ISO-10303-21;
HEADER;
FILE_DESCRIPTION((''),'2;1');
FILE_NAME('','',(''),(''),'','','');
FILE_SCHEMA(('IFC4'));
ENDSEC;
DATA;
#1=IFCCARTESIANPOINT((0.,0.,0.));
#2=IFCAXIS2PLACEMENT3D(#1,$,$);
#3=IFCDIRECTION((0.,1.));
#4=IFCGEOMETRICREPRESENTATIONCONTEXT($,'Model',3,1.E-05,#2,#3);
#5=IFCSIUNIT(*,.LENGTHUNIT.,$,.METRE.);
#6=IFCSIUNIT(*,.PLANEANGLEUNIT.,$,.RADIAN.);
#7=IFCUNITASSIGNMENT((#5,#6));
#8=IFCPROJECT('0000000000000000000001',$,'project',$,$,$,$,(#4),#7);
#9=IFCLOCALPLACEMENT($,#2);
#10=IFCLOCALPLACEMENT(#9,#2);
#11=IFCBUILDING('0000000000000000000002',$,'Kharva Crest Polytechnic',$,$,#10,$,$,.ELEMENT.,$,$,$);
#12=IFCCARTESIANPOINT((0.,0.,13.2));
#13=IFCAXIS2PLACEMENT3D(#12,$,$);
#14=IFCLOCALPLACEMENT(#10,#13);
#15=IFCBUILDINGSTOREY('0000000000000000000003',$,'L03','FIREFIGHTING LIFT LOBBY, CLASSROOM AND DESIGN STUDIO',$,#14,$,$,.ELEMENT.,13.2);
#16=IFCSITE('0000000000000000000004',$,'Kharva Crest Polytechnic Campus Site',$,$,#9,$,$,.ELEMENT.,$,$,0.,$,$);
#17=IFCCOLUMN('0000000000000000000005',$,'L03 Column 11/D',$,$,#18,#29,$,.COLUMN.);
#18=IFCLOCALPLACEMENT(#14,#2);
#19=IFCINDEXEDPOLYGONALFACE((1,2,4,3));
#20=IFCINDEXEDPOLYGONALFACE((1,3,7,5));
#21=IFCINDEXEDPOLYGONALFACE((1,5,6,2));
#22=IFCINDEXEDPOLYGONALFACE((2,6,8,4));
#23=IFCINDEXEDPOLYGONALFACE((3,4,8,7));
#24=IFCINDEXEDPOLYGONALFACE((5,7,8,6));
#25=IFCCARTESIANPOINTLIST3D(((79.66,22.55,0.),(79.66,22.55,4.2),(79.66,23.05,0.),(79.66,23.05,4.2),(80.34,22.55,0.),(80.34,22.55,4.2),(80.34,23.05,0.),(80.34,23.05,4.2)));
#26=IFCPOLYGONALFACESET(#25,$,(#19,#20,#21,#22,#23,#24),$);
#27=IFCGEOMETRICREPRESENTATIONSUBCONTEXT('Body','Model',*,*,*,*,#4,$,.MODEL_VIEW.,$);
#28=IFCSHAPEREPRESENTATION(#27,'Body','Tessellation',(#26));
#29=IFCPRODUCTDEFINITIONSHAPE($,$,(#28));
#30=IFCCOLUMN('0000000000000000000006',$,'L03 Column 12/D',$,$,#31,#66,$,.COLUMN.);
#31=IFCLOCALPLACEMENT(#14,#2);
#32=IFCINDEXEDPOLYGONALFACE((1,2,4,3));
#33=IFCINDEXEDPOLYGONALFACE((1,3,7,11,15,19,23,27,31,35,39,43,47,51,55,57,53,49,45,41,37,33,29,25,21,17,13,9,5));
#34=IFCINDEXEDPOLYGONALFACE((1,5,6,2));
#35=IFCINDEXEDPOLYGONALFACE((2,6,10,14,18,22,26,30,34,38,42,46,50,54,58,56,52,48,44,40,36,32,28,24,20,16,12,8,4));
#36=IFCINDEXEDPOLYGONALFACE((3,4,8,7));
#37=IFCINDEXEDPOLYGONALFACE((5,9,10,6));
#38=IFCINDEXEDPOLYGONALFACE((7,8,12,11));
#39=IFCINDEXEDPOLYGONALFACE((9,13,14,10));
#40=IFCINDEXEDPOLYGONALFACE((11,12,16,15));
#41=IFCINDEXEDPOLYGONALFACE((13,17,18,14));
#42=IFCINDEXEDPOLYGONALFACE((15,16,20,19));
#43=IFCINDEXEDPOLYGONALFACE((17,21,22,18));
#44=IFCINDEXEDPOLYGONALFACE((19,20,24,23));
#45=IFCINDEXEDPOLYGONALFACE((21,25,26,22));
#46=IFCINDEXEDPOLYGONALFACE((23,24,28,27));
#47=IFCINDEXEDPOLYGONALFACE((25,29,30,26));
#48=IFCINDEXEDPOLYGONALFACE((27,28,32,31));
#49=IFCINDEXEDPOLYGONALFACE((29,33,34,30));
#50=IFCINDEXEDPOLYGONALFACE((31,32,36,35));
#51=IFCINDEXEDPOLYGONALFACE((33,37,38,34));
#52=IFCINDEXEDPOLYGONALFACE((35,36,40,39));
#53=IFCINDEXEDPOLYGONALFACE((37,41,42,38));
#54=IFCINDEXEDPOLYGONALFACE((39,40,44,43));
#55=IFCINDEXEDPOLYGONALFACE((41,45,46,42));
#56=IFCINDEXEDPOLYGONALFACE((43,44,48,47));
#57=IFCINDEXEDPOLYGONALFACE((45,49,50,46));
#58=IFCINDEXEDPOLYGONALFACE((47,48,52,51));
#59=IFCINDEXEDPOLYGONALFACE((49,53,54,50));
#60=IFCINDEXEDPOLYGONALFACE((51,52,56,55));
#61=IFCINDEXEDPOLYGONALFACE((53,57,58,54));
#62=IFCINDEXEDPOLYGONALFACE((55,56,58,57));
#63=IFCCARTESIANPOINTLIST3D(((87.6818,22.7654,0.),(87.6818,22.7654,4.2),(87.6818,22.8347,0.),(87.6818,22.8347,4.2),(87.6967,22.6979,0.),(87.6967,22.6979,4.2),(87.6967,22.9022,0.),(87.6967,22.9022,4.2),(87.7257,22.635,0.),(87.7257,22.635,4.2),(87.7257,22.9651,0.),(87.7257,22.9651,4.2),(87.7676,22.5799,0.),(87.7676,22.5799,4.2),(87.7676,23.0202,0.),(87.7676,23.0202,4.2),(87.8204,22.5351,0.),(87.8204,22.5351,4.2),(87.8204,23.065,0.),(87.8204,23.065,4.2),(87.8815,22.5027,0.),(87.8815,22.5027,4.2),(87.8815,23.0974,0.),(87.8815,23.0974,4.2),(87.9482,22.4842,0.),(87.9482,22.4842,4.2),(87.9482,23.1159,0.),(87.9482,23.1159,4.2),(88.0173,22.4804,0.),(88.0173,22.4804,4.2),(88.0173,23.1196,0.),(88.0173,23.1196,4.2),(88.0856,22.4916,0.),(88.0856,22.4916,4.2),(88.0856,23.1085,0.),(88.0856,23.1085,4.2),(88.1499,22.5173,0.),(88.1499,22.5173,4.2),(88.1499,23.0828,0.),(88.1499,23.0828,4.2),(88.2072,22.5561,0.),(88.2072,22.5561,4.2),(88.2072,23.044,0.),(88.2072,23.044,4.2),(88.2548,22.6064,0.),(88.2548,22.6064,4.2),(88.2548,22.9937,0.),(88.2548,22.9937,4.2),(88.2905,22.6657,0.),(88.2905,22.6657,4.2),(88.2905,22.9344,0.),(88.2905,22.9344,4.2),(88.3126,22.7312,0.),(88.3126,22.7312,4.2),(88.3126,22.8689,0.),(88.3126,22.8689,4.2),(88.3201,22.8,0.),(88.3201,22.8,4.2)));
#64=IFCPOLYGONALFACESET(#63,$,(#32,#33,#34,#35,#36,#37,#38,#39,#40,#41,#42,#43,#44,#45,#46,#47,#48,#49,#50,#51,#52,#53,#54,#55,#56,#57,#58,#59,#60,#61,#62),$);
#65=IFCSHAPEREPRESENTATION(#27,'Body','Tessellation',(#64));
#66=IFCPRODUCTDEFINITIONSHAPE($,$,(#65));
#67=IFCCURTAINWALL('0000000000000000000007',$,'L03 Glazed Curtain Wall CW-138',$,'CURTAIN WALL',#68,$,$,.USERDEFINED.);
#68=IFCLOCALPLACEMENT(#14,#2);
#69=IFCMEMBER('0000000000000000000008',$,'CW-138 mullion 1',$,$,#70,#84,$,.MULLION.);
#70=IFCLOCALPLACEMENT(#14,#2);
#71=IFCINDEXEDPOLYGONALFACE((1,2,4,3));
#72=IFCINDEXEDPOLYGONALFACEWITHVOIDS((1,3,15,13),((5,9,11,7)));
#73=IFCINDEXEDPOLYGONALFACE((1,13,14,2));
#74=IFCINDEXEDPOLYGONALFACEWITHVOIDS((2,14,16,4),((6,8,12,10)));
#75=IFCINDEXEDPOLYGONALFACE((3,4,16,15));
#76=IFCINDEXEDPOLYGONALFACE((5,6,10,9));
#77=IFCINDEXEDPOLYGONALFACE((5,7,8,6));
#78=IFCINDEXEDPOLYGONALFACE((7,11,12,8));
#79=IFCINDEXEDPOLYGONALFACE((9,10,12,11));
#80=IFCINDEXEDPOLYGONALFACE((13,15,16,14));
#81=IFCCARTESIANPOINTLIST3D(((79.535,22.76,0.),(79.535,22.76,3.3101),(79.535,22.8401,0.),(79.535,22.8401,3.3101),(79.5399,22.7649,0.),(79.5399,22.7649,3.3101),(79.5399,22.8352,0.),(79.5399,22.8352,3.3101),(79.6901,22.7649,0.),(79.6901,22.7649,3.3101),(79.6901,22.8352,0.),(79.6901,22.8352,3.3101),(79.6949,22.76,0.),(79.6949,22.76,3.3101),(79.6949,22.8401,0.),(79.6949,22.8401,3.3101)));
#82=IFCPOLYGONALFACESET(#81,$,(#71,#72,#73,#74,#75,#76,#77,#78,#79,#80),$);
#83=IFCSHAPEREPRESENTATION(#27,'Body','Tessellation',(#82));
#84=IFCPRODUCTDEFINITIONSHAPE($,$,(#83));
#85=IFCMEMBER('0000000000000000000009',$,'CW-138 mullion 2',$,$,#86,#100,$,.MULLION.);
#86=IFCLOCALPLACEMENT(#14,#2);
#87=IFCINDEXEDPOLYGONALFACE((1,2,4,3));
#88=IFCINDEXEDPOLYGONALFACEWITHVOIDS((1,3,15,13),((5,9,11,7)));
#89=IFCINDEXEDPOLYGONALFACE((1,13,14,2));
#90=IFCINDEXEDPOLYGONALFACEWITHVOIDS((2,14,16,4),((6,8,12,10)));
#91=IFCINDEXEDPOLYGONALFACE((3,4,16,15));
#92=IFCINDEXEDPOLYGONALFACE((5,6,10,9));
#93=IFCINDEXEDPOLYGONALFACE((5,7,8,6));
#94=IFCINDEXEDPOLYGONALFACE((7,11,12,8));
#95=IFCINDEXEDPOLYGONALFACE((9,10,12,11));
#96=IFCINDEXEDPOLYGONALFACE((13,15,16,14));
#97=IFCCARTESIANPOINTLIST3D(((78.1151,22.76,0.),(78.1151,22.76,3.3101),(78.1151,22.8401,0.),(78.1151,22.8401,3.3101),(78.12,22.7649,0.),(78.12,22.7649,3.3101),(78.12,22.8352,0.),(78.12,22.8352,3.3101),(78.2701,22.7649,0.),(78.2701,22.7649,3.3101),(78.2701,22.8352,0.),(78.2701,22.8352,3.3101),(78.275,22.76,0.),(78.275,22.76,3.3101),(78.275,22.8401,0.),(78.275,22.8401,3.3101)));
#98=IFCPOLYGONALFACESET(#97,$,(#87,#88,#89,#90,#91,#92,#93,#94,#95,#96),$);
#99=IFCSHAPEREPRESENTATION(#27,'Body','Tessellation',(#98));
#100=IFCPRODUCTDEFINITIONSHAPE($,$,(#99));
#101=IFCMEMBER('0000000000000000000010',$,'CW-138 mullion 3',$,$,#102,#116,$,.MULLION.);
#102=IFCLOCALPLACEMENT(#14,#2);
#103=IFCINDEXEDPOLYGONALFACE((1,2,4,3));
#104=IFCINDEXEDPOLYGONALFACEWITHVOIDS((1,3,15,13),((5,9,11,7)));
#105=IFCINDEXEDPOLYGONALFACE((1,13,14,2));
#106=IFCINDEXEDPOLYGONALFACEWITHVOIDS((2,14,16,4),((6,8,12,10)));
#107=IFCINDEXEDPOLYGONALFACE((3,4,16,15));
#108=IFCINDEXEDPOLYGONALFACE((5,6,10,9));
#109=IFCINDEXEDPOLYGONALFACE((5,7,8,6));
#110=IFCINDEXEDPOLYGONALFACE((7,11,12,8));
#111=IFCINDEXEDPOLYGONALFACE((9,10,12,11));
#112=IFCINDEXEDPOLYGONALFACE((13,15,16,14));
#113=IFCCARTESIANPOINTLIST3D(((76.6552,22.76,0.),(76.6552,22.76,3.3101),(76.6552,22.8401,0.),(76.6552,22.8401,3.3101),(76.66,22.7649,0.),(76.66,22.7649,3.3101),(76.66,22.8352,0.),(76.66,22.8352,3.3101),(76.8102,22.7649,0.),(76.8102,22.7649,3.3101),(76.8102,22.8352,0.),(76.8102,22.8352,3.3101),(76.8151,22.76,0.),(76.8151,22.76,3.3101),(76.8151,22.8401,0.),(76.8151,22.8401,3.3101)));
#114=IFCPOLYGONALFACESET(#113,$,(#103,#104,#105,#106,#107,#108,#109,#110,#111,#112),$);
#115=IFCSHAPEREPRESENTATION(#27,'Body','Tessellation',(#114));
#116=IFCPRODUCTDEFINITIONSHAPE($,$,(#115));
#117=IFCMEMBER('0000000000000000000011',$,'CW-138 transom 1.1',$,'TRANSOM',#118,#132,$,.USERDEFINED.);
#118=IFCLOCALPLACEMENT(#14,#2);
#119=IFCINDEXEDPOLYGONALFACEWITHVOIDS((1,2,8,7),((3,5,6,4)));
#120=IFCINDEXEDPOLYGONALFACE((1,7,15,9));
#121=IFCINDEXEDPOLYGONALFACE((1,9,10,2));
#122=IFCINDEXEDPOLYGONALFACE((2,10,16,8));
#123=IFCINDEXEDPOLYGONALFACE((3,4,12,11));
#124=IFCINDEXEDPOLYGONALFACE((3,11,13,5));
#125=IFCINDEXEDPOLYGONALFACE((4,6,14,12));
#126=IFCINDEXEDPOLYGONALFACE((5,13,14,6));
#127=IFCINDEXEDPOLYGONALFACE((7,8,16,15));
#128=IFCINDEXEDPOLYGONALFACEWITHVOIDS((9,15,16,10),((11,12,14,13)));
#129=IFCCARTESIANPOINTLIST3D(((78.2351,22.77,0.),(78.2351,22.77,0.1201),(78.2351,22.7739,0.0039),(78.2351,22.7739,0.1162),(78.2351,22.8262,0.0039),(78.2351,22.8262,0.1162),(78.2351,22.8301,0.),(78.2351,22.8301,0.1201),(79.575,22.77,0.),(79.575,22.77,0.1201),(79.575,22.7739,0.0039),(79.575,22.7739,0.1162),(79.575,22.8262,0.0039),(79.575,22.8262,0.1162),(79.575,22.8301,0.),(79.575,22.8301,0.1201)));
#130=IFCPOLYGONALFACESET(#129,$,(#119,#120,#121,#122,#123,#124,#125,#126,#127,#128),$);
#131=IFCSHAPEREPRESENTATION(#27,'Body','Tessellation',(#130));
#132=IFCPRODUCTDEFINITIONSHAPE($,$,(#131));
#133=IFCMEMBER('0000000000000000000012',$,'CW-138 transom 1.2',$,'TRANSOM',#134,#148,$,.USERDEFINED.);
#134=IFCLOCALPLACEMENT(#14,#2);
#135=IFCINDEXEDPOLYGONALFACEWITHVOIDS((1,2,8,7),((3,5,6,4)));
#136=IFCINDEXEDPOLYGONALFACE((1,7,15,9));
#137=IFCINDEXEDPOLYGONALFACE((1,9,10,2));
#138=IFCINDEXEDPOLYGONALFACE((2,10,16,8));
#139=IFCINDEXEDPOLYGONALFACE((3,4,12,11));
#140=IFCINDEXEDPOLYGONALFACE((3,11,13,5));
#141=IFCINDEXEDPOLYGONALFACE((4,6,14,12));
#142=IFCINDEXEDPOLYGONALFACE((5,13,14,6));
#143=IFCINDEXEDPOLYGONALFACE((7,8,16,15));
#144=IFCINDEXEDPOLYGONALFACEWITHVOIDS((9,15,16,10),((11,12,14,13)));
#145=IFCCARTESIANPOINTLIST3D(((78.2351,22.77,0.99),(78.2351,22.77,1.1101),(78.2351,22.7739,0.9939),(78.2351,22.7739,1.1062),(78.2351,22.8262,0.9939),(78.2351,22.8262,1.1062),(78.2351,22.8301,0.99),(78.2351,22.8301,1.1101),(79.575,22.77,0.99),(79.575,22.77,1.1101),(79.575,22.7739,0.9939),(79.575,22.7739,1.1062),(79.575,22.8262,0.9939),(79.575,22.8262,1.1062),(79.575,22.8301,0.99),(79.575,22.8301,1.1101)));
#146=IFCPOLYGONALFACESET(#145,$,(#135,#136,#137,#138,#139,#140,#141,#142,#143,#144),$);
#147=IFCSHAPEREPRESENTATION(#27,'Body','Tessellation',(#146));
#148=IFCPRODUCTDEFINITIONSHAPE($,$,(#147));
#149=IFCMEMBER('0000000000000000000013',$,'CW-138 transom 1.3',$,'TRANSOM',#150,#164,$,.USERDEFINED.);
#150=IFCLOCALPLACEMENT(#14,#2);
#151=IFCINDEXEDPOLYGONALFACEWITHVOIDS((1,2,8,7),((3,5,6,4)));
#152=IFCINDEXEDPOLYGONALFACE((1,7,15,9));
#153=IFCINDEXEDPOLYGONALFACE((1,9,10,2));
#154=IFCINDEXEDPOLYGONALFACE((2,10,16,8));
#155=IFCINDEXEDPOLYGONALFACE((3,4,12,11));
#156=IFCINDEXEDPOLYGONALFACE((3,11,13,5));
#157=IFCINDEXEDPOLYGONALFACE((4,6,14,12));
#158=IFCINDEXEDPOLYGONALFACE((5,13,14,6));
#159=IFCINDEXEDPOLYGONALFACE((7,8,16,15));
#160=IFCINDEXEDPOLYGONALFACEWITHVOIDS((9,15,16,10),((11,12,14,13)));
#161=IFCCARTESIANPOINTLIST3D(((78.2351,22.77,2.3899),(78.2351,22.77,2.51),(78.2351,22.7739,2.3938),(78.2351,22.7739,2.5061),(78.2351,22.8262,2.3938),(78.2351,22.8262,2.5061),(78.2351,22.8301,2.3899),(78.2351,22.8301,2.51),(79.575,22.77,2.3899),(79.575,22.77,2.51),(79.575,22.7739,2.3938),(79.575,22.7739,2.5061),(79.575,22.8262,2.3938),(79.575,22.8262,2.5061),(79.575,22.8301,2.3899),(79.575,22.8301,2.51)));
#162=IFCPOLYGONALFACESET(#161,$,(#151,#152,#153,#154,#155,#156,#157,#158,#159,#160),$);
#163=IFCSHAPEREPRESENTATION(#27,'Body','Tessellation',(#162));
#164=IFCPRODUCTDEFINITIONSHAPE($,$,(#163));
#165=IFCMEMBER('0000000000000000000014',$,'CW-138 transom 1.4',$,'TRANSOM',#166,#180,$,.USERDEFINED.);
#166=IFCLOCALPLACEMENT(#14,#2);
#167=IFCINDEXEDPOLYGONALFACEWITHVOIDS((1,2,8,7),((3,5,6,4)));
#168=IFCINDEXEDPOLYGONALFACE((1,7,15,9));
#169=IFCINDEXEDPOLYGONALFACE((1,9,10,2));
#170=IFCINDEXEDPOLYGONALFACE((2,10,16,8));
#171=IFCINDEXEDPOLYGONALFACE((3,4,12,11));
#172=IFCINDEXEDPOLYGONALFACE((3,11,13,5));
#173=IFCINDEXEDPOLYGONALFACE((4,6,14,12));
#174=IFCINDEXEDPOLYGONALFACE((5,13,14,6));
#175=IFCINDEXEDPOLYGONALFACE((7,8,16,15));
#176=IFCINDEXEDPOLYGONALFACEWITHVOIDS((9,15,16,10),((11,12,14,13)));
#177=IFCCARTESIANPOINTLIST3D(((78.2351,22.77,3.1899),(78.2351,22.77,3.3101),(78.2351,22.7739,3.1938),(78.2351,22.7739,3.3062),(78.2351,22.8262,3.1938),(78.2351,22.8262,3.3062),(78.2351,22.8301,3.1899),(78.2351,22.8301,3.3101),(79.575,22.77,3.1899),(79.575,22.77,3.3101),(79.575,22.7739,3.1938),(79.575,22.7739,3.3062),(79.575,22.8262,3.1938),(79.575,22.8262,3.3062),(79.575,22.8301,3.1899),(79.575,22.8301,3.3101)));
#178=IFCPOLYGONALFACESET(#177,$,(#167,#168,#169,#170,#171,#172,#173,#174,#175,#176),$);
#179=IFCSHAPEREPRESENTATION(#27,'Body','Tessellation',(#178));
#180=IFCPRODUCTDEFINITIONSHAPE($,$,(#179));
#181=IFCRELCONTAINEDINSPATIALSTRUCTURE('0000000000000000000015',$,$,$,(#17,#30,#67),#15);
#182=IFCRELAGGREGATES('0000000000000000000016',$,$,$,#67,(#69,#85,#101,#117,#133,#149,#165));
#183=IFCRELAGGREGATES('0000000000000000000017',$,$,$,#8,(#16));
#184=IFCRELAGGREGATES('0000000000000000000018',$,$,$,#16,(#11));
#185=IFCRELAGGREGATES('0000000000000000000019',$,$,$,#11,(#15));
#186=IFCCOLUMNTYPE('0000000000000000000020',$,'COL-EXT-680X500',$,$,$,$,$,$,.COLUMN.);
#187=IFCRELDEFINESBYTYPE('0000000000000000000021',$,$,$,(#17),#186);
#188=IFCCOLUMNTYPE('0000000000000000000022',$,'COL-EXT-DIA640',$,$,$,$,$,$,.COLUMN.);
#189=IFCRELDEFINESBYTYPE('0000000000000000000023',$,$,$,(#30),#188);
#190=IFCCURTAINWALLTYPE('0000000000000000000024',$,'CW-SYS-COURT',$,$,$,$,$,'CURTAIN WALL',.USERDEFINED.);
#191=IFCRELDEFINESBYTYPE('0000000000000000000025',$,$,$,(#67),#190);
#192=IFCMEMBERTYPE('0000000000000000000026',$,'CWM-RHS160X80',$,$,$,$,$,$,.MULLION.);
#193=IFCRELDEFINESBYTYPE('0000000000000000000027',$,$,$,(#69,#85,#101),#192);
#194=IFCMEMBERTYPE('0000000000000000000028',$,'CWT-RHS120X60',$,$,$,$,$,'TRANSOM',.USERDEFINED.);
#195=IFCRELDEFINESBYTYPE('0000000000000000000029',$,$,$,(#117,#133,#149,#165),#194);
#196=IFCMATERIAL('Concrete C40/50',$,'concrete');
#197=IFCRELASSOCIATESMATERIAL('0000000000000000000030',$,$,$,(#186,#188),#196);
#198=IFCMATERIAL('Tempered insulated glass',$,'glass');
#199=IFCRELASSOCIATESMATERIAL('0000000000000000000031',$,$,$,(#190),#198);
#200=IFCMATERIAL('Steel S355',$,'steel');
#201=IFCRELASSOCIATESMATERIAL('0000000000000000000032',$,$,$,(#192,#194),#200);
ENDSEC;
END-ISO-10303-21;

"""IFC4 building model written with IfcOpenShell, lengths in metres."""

from ifc_helpers import new_model, si_unit, direction, frame, origin, origin_2d, place, context, subcontext, project, spatial, rectangle, hollow_rectangle, circle, extrude, material, material_profile, profile_set, type_object, element, aggregate, save


model = new_model("IFC4")

# Units and contexts
model_context = context("Model", 3, precision=1e-05, world=origin(), true_north=direction((0.0, 1.0)))
body_context = subcontext(model_context, "Body", "Model", "MODEL_VIEW")
ifc_project = project(units=[si_unit("LENGTHUNIT", "METRE"), si_unit("PLANEANGLEUNIT", "RADIAN")], contexts=[model_context])

# Site, building, storey
site_placement = place(None, origin())
site = spatial("IfcSite", under=ifc_project, at=site_placement, Name="Kharva Crest Polytechnic Campus Site", CompositionType="ELEMENT", RefElevation=0.0)
building_placement = place(site_placement, origin())
building = spatial("IfcBuilding", under=site, at=building_placement, Name="Kharva Crest Polytechnic", CompositionType="ELEMENT")
storey_placement = place(building_placement, frame((0.0, 0.0, 13.2)))
storey = spatial("IfcBuildingStorey", under=building, at=storey_placement, Name="L03", Description="FIREFIGHTING LIFT LOBBY, CLASSROOM AND DESIGN STUDIO", CompositionType="ELEMENT", Elevation=13.2)

# Columns
ifc_material_1 = material(Name="Concrete C40/50", Category="concrete")
ifc_material_profile_1 = material_profile(ifc_material_1, rectangle(XDim=0.6799, YDim=0.5, at=origin_2d()), Name="RECT 680 X 500")
ifc_profile_set_1 = profile_set([ifc_material_profile_1], Name="Concrete C40/50")
column_type_1 = type_object("IfcColumnType", Name="COL-EXT-680X500", PredefinedType="COLUMN", material=ifc_profile_set_1)
column_1_placement = place(storey_placement, frame((80.0, 22.8, 0.0), z_axis=(0.0, 0.0, 1.0), x_axis=(1.0, 0.0, 0.0)))
element("IfcColumn", 1, at=column_1_placement, inside=storey, type_object=column_type_1, Name="L03 Column 11/D", PredefinedType="COLUMN", context=body_context, shape_type="SweptSolid", body=[
    extrude(rectangle(XDim=0.6799, YDim=0.5, at=origin_2d()), origin(), (0.0, 0.0, 1.0), 4.2),
])
ifc_material_profile_2 = material_profile(ifc_material_1, circle(Radius=0.3201, at=origin_2d()), Name="DIA 640")
ifc_profile_set_2 = profile_set([ifc_material_profile_2], Name="Concrete C40/50")
column_type_2 = type_object("IfcColumnType", Name="COL-EXT-DIA640", PredefinedType="COLUMN", material=ifc_profile_set_2)
column_2_placement = place(storey_placement, frame((88.0, 22.8, 0.0), z_axis=(0.0, 0.0, 1.0), x_axis=(1.0, 0.0, 0.0)))
element("IfcColumn", 2, at=column_2_placement, inside=storey, type_object=column_type_2, Name="L03 Column 12/D", PredefinedType="COLUMN", context=body_context, shape_type="SweptSolid", body=[
    extrude(circle(Radius=0.3201, at=origin_2d()), origin(), (0.0, 0.0, 1.0), 4.2),
])

# Curtain wall, members
ifc_material_2 = material(Name="Tempered insulated glass", Category="glass")
curtain_wall_type = type_object("IfcCurtainWallType", Name="CW-SYS-COURT", ElementType="CURTAIN WALL", PredefinedType="USERDEFINED", material=ifc_material_2)
curtain_wall_placement = place(storey_placement, origin())
curtain_wall = element("IfcCurtainWall", 3, at=curtain_wall_placement, inside=storey, type_object=curtain_wall_type, Name="L03 Glazed Curtain Wall CW-138", ObjectType="CURTAIN WALL", PredefinedType="USERDEFINED")
ifc_material_3 = material(Name="Steel S355", Category="steel")
ifc_material_profile_3 = material_profile(ifc_material_3, hollow_rectangle(XDim=0.0801, YDim=0.1599, WallThickness=0.0049, at=origin_2d()), Name="RHS 160X80X5.0")
ifc_profile_set_3 = profile_set([ifc_material_profile_3], Name="Steel S355")
member_type_1 = type_object("IfcMemberType", Name="CWM-RHS160X80", PredefinedType="MULLION", material=ifc_profile_set_3)
member_1_placement = place(storey_placement, frame((79.615, 22.8, 0.0), z_axis=(0.0, 0.0, 1.0), x_axis=(0.0, -1.0, 0.0)))
member_1 = element("IfcMember", 4, at=member_1_placement, type_object=member_type_1, Name="CW-138 mullion 1", PredefinedType="MULLION", context=body_context, shape_type="SweptSolid", body=[
    extrude(hollow_rectangle(XDim=0.0801, YDim=0.1599, WallThickness=0.0049, at=origin_2d()), origin(), (0.0, 0.0, 1.0), 3.3101),
])
member_2_placement = place(storey_placement, frame((78.1951, 22.8, 0.0), z_axis=(0.0, 0.0, 1.0), x_axis=(0.0, -1.0, 0.0)))
member_2 = element("IfcMember", 5, at=member_2_placement, type_object=member_type_1, Name="CW-138 mullion 2", PredefinedType="MULLION", context=body_context, shape_type="SweptSolid", body=[
    extrude(hollow_rectangle(XDim=0.0801, YDim=0.1599, WallThickness=0.0049, at=origin_2d()), origin(), (0.0, 0.0, 1.0), 3.3101),
])
member_3_placement = place(storey_placement, frame((76.7351, 22.8, 0.0), z_axis=(0.0, 0.0, 1.0), x_axis=(0.0, -1.0, 0.0)))
member_3 = element("IfcMember", 6, at=member_3_placement, type_object=member_type_1, Name="CW-138 mullion 3", PredefinedType="MULLION", context=body_context, shape_type="SweptSolid", body=[
    extrude(hollow_rectangle(XDim=0.0801, YDim=0.1599, WallThickness=0.0049, at=origin_2d()), origin(), (0.0, 0.0, 1.0), 3.3101),
])
ifc_material_profile_4 = material_profile(ifc_material_3, hollow_rectangle(XDim=0.0601, YDim=0.1201, WallThickness=0.0039, at=origin_2d()), Name="RHS 120X60X4.0")
ifc_profile_set_4 = profile_set([ifc_material_profile_4], Name="Steel S355")
member_type_2 = type_object("IfcMemberType", Name="CWT-RHS120X60", ElementType="TRANSOM", PredefinedType="USERDEFINED", material=ifc_profile_set_4)
member_4_placement = place(storey_placement, frame((79.575, 22.8, 0.0601), z_axis=(-1.0, 0.0, 0.0), x_axis=(0.0, -1.0, 0.0)))
member_4 = element("IfcMember", 7, at=member_4_placement, type_object=member_type_2, Name="CW-138 transom 1.1", ObjectType="TRANSOM", PredefinedType="USERDEFINED", context=body_context, shape_type="SweptSolid", body=[
    extrude(hollow_rectangle(XDim=0.0601, YDim=0.1201, WallThickness=0.0039, at=origin_2d()), origin(), (0.0, 0.0, 1.0), 1.3398),
])
member_5_placement = place(storey_placement, frame((79.575, 22.8, 1.05), z_axis=(-1.0, 0.0, 0.0), x_axis=(0.0, -1.0, 0.0)))
member_5 = element("IfcMember", 8, at=member_5_placement, type_object=member_type_2, Name="CW-138 transom 1.2", ObjectType="TRANSOM", PredefinedType="USERDEFINED", context=body_context, shape_type="SweptSolid", body=[
    extrude(hollow_rectangle(XDim=0.0601, YDim=0.1201, WallThickness=0.0039, at=origin_2d()), origin(), (0.0, 0.0, 1.0), 1.3398),
])
member_6_placement = place(storey_placement, frame((79.575, 22.8, 2.45), z_axis=(-1.0, 0.0, 0.0), x_axis=(0.0, -1.0, 0.0)))
member_6 = element("IfcMember", 9, at=member_6_placement, type_object=member_type_2, Name="CW-138 transom 1.3", ObjectType="TRANSOM", PredefinedType="USERDEFINED", context=body_context, shape_type="SweptSolid", body=[
    extrude(hollow_rectangle(XDim=0.0601, YDim=0.1201, WallThickness=0.0039, at=origin_2d()), origin(), (0.0, 0.0, 1.0), 1.3398),
])
member_7_placement = place(storey_placement, frame((79.575, 22.8, 3.25), z_axis=(-1.0, 0.0, 0.0), x_axis=(0.0, -1.0, 0.0)))
member_7 = element("IfcMember", 10, at=member_7_placement, type_object=member_type_2, Name="CW-138 transom 1.4", ObjectType="TRANSOM", PredefinedType="USERDEFINED", context=body_context, shape_type="SweptSolid", body=[
    extrude(hollow_rectangle(XDim=0.0601, YDim=0.1201, WallThickness=0.0039, at=origin_2d()), origin(), (0.0, 0.0, 1.0), 1.3398),
])

aggregate(curtain_wall, [member_1, member_2, member_3, member_4, member_5, member_6, member_7])

save(model, "model.ifc")
